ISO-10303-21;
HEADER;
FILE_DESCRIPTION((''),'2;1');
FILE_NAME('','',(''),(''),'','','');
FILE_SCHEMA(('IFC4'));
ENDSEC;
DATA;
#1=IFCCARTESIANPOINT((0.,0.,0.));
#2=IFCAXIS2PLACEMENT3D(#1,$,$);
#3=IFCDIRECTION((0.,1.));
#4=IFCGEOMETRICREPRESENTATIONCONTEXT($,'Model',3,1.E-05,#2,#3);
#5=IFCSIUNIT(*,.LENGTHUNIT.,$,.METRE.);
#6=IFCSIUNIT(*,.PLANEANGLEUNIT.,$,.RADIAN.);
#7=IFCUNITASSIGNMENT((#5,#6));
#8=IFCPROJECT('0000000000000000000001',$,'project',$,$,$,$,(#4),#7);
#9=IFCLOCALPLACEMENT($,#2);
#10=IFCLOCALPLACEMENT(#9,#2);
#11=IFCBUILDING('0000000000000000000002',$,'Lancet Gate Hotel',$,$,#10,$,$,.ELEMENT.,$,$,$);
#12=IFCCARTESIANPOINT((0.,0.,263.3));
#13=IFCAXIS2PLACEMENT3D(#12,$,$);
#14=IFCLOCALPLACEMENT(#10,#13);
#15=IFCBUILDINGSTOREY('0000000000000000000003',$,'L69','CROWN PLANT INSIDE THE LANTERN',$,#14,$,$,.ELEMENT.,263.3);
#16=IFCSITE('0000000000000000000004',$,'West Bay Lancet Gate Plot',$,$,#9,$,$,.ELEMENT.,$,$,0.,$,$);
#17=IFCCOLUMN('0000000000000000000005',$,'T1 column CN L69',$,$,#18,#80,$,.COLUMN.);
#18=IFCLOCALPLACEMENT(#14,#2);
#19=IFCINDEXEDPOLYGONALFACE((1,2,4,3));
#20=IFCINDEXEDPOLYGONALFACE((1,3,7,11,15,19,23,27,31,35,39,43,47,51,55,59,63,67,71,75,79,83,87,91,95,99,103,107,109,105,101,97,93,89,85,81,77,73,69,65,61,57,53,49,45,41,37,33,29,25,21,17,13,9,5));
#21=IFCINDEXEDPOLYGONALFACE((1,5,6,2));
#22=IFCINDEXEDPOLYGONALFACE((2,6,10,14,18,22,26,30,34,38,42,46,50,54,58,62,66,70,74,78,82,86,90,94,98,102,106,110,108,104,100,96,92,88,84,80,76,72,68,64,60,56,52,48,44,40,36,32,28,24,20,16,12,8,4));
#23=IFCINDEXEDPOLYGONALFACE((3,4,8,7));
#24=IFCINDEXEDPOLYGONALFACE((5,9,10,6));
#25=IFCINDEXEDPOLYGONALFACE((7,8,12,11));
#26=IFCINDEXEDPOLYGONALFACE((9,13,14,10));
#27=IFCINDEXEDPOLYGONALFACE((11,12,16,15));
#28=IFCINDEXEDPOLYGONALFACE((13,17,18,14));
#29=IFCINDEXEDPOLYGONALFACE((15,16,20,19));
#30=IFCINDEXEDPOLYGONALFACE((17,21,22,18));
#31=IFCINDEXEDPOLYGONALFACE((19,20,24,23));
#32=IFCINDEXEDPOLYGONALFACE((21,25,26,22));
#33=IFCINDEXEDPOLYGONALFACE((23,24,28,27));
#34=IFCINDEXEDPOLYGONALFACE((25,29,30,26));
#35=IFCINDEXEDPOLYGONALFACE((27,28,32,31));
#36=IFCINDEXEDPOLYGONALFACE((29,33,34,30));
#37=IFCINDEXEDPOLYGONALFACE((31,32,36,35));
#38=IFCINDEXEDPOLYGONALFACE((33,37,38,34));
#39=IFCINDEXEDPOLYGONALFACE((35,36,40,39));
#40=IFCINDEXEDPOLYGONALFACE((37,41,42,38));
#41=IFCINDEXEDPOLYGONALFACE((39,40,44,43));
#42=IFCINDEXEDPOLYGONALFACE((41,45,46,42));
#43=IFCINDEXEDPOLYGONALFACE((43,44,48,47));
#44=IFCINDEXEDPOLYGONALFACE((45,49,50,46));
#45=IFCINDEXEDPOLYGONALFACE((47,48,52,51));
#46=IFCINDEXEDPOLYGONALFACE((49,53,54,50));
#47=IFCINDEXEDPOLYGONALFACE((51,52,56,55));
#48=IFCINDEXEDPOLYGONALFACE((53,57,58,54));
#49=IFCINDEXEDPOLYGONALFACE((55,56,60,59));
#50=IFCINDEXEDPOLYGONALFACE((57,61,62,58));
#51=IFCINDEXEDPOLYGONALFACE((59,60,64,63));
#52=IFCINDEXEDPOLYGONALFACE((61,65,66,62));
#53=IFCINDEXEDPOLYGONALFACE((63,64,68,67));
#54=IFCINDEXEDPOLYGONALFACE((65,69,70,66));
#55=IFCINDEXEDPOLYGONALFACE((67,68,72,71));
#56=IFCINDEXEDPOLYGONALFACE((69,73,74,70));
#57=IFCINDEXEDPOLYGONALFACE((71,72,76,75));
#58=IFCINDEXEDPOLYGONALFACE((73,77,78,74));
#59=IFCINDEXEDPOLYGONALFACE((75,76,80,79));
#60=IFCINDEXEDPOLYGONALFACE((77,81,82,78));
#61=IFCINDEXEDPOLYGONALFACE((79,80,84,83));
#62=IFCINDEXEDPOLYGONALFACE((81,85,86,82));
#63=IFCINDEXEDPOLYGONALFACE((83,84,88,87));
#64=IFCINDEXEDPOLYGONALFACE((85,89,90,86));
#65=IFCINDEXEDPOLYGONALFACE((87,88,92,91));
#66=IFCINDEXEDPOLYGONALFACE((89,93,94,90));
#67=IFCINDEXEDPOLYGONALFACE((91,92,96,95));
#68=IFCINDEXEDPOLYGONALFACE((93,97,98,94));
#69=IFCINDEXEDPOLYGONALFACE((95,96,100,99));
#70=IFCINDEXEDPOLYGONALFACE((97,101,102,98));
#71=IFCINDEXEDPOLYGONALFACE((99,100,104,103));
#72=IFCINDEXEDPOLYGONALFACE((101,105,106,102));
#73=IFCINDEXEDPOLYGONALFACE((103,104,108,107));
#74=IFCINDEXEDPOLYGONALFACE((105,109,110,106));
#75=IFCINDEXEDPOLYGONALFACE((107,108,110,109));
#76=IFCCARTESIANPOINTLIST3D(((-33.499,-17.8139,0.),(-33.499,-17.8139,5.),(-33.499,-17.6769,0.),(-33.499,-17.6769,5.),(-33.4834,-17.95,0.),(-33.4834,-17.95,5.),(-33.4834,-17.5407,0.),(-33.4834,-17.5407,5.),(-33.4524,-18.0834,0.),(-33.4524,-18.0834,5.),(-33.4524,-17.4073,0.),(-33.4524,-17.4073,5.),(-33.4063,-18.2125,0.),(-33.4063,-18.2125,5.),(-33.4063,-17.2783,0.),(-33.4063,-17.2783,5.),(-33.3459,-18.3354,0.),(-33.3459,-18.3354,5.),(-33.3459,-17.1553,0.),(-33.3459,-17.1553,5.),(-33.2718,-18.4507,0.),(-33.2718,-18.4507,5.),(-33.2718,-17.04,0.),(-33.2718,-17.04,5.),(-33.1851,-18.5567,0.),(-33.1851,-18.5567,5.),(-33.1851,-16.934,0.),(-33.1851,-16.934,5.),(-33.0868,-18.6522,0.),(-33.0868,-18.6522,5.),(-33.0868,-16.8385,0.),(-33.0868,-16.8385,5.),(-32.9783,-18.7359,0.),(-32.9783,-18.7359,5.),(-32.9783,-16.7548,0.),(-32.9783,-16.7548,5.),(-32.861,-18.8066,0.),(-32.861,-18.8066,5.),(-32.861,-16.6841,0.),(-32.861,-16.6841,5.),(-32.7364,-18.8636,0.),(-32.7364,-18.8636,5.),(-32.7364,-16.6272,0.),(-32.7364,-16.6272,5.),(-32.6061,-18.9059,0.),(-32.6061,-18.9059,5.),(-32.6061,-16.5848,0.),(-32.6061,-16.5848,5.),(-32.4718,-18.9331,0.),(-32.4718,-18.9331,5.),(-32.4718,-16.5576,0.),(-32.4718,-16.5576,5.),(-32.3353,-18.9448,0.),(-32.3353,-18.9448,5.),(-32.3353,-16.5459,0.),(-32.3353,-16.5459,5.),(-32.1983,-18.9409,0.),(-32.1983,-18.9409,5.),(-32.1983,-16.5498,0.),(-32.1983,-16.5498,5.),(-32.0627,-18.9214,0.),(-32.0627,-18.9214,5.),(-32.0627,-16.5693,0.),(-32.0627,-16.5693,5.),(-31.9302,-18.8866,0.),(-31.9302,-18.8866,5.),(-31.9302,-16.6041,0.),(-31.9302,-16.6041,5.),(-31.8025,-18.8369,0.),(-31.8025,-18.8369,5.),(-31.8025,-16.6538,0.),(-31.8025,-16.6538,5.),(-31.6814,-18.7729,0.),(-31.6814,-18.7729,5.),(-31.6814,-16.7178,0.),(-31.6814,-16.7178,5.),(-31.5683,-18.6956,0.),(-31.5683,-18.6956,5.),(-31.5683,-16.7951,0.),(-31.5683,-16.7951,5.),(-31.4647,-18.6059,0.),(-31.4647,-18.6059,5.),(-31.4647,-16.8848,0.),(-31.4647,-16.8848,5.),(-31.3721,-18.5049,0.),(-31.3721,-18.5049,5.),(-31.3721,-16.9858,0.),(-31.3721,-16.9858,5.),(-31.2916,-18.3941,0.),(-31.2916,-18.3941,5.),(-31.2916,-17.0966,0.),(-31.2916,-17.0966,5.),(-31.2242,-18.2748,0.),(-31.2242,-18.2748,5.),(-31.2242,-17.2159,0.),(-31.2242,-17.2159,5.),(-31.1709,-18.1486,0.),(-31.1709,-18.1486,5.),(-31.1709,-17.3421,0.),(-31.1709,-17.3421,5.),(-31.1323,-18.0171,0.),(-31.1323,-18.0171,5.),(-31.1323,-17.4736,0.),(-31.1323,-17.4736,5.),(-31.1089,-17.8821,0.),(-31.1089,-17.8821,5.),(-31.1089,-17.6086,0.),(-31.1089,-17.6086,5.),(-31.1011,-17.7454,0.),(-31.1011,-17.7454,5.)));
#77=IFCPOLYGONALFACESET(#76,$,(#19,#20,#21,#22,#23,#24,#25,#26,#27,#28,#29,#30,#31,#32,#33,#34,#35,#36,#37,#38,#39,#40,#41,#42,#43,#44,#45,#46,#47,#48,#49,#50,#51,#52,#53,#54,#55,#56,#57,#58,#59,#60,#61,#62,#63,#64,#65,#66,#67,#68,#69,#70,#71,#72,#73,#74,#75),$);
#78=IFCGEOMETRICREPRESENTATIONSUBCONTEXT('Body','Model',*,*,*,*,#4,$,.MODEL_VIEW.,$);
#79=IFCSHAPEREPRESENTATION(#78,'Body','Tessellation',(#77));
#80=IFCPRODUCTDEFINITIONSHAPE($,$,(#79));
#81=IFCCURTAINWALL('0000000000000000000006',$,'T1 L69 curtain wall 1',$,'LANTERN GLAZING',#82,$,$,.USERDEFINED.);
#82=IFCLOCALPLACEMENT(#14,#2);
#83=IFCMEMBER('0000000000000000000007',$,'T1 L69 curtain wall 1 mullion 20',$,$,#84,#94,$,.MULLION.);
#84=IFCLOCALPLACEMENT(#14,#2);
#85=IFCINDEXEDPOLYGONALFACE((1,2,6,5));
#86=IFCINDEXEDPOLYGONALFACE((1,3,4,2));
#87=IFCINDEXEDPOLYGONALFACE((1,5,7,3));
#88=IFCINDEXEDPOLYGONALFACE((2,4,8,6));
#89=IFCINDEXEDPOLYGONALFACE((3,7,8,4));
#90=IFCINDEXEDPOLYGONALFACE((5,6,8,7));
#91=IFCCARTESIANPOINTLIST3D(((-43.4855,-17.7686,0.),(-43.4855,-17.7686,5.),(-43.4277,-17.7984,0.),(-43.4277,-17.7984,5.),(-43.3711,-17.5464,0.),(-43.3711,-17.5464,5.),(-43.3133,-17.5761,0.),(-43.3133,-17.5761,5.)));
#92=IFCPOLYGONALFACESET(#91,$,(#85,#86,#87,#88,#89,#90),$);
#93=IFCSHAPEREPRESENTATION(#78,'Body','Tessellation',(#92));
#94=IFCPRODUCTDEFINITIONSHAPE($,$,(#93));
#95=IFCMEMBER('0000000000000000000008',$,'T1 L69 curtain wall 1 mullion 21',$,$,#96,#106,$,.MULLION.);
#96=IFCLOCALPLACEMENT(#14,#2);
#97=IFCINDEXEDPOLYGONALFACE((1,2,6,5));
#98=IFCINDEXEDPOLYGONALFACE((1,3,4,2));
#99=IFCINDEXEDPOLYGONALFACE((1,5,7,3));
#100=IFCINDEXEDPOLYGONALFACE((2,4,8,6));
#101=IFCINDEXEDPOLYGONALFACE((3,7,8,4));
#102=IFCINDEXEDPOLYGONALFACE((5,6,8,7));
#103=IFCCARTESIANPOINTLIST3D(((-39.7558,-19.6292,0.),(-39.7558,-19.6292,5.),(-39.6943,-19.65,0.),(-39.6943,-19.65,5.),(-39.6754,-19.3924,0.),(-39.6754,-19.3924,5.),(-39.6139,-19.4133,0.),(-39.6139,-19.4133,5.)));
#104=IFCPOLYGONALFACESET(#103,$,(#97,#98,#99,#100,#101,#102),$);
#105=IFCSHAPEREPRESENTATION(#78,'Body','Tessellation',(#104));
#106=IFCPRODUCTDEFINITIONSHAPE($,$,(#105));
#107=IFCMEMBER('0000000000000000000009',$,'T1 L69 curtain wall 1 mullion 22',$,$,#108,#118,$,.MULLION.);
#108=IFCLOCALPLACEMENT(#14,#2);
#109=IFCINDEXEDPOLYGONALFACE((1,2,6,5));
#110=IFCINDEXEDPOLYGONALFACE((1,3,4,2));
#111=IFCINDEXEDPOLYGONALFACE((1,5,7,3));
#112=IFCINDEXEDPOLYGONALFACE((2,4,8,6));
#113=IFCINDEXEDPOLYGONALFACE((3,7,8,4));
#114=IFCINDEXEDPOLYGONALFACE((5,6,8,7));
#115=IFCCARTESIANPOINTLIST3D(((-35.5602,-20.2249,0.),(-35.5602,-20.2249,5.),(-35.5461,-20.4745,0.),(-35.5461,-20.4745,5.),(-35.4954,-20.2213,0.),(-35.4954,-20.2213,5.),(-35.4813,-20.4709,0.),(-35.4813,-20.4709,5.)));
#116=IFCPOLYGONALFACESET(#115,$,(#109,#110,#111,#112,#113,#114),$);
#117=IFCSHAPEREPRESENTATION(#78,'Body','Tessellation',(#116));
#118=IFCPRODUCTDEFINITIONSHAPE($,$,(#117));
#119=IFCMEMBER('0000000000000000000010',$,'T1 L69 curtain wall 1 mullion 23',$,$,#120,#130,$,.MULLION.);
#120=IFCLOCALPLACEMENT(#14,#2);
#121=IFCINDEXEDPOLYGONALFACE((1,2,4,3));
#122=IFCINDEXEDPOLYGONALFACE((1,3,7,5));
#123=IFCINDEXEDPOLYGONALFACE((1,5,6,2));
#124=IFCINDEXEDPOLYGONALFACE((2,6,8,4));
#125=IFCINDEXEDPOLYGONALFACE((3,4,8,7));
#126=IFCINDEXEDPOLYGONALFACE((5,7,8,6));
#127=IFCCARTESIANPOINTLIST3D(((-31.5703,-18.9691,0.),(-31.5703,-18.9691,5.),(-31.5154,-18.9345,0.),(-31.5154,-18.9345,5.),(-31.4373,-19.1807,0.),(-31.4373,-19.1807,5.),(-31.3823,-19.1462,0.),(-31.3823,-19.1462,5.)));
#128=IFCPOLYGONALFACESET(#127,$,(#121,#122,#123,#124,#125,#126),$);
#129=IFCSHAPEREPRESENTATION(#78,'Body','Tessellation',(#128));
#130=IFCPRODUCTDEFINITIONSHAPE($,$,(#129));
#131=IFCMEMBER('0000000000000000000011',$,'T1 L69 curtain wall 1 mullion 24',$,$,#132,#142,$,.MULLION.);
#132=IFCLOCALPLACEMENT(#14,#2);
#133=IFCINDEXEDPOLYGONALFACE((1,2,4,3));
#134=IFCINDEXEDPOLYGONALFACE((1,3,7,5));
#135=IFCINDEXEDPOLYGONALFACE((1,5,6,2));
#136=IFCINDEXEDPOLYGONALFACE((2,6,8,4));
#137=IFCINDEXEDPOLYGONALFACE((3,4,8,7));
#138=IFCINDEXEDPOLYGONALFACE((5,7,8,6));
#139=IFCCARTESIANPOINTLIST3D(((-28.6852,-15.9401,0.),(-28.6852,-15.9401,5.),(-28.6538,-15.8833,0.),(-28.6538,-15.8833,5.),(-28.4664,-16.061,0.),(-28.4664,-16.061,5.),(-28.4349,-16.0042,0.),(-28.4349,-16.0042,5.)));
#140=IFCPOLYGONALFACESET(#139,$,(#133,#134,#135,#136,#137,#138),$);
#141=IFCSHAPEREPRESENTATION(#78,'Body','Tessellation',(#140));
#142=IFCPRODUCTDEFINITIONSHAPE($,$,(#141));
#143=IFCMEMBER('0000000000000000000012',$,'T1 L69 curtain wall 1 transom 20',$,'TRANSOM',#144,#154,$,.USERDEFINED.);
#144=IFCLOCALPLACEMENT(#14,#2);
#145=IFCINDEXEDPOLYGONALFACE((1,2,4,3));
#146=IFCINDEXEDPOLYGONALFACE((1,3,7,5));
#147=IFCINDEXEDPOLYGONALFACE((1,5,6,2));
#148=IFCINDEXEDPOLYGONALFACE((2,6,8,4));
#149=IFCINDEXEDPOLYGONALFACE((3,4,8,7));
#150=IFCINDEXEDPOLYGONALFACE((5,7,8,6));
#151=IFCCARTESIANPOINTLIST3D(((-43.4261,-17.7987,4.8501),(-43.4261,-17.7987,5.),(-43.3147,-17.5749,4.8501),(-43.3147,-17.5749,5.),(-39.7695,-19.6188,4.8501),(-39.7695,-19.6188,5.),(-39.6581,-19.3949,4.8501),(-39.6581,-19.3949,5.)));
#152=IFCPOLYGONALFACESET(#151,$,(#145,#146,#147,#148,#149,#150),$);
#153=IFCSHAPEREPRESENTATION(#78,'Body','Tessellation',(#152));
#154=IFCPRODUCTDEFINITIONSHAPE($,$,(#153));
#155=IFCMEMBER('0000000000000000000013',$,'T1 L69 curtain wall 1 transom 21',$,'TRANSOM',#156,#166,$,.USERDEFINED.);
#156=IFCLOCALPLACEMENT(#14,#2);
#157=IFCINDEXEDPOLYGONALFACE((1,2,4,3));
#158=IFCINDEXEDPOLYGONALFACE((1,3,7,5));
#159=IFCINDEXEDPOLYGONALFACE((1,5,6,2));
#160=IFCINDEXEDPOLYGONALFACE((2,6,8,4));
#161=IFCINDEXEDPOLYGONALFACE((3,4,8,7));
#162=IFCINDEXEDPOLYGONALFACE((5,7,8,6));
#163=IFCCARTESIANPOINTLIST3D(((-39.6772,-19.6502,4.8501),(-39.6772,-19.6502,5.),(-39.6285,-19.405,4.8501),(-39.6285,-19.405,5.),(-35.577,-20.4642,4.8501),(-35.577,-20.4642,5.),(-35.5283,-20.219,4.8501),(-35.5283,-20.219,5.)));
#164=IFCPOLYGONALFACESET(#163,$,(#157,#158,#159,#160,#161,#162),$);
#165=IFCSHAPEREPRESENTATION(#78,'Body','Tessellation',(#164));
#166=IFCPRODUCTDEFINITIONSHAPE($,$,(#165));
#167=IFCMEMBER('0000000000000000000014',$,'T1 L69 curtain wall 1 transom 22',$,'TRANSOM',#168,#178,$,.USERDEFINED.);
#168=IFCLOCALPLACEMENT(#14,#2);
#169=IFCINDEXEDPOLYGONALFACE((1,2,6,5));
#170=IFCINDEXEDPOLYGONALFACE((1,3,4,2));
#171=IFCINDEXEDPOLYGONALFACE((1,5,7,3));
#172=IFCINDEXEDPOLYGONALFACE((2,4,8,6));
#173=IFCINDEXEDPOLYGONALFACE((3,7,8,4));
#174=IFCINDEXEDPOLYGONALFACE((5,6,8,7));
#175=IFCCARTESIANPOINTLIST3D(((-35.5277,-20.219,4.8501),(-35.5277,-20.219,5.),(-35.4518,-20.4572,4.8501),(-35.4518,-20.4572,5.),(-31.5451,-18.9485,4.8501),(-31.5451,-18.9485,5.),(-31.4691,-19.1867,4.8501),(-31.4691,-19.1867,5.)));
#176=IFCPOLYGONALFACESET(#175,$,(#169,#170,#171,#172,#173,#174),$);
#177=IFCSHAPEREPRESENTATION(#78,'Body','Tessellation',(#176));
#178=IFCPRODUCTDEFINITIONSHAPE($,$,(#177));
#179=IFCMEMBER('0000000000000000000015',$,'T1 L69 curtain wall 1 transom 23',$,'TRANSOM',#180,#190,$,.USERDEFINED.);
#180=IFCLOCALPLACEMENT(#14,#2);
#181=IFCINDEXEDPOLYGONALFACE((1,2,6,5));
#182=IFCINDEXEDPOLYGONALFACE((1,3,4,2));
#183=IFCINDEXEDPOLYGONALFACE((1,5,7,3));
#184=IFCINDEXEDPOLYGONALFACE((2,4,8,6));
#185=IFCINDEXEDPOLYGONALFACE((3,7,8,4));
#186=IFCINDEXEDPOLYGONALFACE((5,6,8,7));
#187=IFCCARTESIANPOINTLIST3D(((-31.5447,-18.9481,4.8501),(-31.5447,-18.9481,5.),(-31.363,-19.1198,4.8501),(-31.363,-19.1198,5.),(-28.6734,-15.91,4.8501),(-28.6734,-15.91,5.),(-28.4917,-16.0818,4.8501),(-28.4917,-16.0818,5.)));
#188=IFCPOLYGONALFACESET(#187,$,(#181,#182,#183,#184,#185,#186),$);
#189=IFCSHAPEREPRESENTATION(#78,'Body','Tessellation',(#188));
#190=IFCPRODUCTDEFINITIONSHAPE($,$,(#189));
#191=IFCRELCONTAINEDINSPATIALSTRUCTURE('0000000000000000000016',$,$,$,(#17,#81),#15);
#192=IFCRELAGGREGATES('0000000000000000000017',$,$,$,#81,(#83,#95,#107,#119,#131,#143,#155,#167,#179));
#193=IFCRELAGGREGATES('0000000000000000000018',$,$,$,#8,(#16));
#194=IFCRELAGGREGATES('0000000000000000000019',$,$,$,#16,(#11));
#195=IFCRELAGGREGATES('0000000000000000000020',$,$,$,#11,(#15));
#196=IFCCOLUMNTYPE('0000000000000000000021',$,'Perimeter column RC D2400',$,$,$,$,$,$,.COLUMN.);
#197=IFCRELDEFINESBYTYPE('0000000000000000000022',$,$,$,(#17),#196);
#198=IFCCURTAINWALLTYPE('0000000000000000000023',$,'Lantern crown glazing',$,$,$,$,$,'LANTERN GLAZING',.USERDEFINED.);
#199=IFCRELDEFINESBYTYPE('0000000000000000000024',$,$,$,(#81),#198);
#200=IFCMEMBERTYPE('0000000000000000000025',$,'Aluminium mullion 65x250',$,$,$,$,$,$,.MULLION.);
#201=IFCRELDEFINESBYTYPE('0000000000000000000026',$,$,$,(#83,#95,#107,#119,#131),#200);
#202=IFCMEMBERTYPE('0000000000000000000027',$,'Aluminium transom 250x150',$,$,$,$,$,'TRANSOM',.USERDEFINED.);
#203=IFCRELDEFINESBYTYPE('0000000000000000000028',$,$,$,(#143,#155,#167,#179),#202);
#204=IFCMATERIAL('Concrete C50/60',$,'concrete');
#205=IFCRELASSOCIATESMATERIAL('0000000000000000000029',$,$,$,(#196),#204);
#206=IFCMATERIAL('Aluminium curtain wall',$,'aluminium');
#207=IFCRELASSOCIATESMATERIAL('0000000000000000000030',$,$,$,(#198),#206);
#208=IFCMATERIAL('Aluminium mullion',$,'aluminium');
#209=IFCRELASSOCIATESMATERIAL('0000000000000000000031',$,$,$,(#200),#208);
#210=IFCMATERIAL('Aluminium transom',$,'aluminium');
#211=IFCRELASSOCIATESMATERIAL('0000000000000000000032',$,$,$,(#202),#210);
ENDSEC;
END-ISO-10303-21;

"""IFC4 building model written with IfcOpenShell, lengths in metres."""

from ifc_helpers import new_model, si_unit, direction, frame, origin, origin_2d, place, context, subcontext, project, spatial, rectangle, circle, extrude, material, material_profile, profile_set, type_object, element, aggregate, save


model = new_model("IFC4")

# Units and contexts
model_context = context("Model", 3, precision=1e-05, world=origin(), true_north=direction((0.0, 1.0)))
body_context = subcontext(model_context, "Body", "Model", "MODEL_VIEW")
ifc_project = project(units=[si_unit("LENGTHUNIT", "METRE"), si_unit("PLANEANGLEUNIT", "RADIAN")], contexts=[model_context])

# Site, building, storey
site_placement = place(None, origin())
site = spatial("IfcSite", under=ifc_project, at=site_placement, Name="West Bay Lancet Gate Plot", CompositionType="ELEMENT", RefElevation=0.0)
building_placement = place(site_placement, origin())
building = spatial("IfcBuilding", under=site, at=building_placement, Name="Lancet Gate Hotel", CompositionType="ELEMENT")
storey_placement = place(building_placement, frame((0.0, 0.0, 263.3)))
storey = spatial("IfcBuildingStorey", under=building, at=storey_placement, Name="L69", Description="CROWN PLANT INSIDE THE LANTERN", CompositionType="ELEMENT", Elevation=263.3)

# Column
ifc_material_1 = material(Name="Concrete C50/60", Category="concrete")
ifc_material_profile_1 = material_profile(ifc_material_1, circle(Radius=1.2, at=origin_2d()), Name="RC D2400")
ifc_profile_set_1 = profile_set([ifc_material_profile_1], Name="Concrete C50/60")
column_type = type_object("IfcColumnType", Name="Perimeter column RC D2400", PredefinedType="COLUMN", material=ifc_profile_set_1)
column_placement = place(storey_placement, frame((-32.301, -17.7454, 0.0), z_axis=(0.0, 0.0, 1.0), x_axis=(1.0, 0.0, 0.0)))
element("IfcColumn", 1, at=column_placement, inside=storey, type_object=column_type, Name="T1 column CN L69", PredefinedType="COLUMN", context=body_context, shape_type="SweptSolid", body=[
    extrude(circle(Radius=1.2, at=origin_2d()), origin(), (0.0, 0.0, 1.0), 5.0),
])

# Curtain wall, members
ifc_material_2 = material(Name="Aluminium curtain wall", Category="aluminium")
curtain_wall_type = type_object("IfcCurtainWallType", Name="Lantern crown glazing", ElementType="LANTERN GLAZING", PredefinedType="USERDEFINED", material=ifc_material_2)
curtain_wall_placement = place(storey_placement, origin())
curtain_wall = element("IfcCurtainWall", 2, at=curtain_wall_placement, inside=storey, type_object=curtain_wall_type, Name="T1 L69 curtain wall 1", ObjectType="LANTERN GLAZING", PredefinedType="USERDEFINED")
ifc_material_3 = material(Name="Aluminium mullion", Category="aluminium")
ifc_material_profile_2 = material_profile(ifc_material_3, rectangle(XDim=0.0649, YDim=0.25, at=origin_2d()), Name="MULLION 65x250")
ifc_profile_set_2 = profile_set([ifc_material_profile_2], Name="Aluminium mullion")
member_type_1 = type_object("IfcMemberType", Name="Aluminium mullion 65x250", PredefinedType="MULLION", material=ifc_profile_set_2)
member_1_placement = place(storey_placement, frame((-43.3994, -17.6724, 0.0), z_axis=(0.0, 0.0, 1.0), x_axis=(0.889156, -0.457605, 0.0)))
member_1 = element("IfcMember", 3, at=member_1_placement, type_object=member_type_1, Name="T1 L69 curtain wall 1 mullion 20", PredefinedType="MULLION", context=body_context, shape_type="SweptSolid", body=[
    extrude(rectangle(XDim=0.0649, YDim=0.25, at=origin_2d()), origin(), (0.0, 0.0, 1.0), 5.0),
])
member_2_placement = place(storey_placement, frame((-39.6848, -19.5212, 0.0), z_axis=(0.0, 0.0, 1.0), x_axis=(0.946888, -0.321564, 0.0)))
member_2 = element("IfcMember", 4, at=member_2_placement, type_object=member_type_1, Name="T1 L69 curtain wall 1 mullion 21", PredefinedType="MULLION", context=body_context, shape_type="SweptSolid", body=[
    extrude(rectangle(XDim=0.0649, YDim=0.25, at=origin_2d()), origin(), (0.0, 0.0, 1.0), 5.0),
])
member_3_placement = place(storey_placement, frame((-35.5208, -20.3479, 0.0), z_axis=(0.0, 0.0, 1.0), x_axis=(0.998409, 0.056384, 0.0)))
member_3 = element("IfcMember", 5, at=member_3_placement, type_object=member_type_1, Name="T1 L69 curtain wall 1 mullion 22", PredefinedType="MULLION", context=body_context, shape_type="SweptSolid", body=[
    extrude(rectangle(XDim=0.0649, YDim=0.25, at=origin_2d()), origin(), (0.0, 0.0, 1.0), 5.0),
])
member_4_placement = place(storey_placement, frame((-31.4763, -19.0576, 0.0), z_axis=(0.0, 0.0, 1.0), x_axis=(0.846613, 0.532209, 0.0)))
member_4 = element("IfcMember", 6, at=member_4_placement, type_object=member_type_1, Name="T1 L69 curtain wall 1 mullion 23", PredefinedType="MULLION", context=body_context, shape_type="SweptSolid", body=[
    extrude(rectangle(XDim=0.0649, YDim=0.25, at=origin_2d()), origin(), (0.0, 0.0, 1.0), 5.0),
])
member_5_placement = place(storey_placement, frame((-28.5601, -15.9722, 0.0), z_axis=(0.0, 0.0, 1.0), x_axis=(0.483627, 0.875274, 0.0)))
member_5 = element("IfcMember", 7, at=member_5_placement, type_object=member_type_1, Name="T1 L69 curtain wall 1 mullion 24", PredefinedType="MULLION", context=body_context, shape_type="SweptSolid", body=[
    extrude(rectangle(XDim=0.0649, YDim=0.25, at=origin_2d()), origin(), (0.0, 0.0, 1.0), 5.0),
])
ifc_material_4 = material(Name="Aluminium transom", Category="aluminium")
ifc_material_profile_3 = material_profile(ifc_material_4, rectangle(XDim=0.25, YDim=0.1499, at=origin_2d()), Name="TRANSOM 250x150")
ifc_profile_set_3 = profile_set([ifc_material_profile_3], Name="Aluminium transom")
member_type_2 = type_object("IfcMemberType", Name="Aluminium transom 250x150", ElementType="TRANSOM", PredefinedType="USERDEFINED", material=ifc_profile_set_3)
member_6_placement = place(storey_placement, frame((-43.3704, -17.6868, 4.925), z_axis=(0.895227, -0.445611, 0.0), x_axis=(0.445611, 0.895227, 0.0)))
member_6 = element("IfcMember", 8, at=member_6_placement, type_object=member_type_2, Name="T1 L69 curtain wall 1 transom 20", ObjectType="TRANSOM", PredefinedType="USERDEFINED", context=body_context, shape_type="SweptSolid", body=[
    extrude(rectangle(XDim=0.25, YDim=0.1499, at=origin_2d()), origin(), (0.0, 0.0, 1.0), 4.0845),
])
member_7_placement = place(storey_placement, frame((-39.6528, -19.5276, 4.925), z_axis=(0.980858, -0.194723, 0.0), x_axis=(0.194723, 0.980858, 0.0)))
member_7 = element("IfcMember", 9, at=member_7_placement, type_object=member_type_2, Name="T1 L69 curtain wall 1 transom 21", ObjectType="TRANSOM", PredefinedType="USERDEFINED", context=body_context, shape_type="SweptSolid", body=[
    extrude(rectangle(XDim=0.25, YDim=0.1499, at=origin_2d()), origin(), (0.0, 0.0, 1.0), 4.1802),
])
member_8_placement = place(storey_placement, frame((-35.4897, -20.3381, 4.925), z_axis=(0.952698, 0.30392, 0.0), x_axis=(-0.30392, 0.952698, 0.0)))
member_8 = element("IfcMember", 10, at=member_8_placement, type_object=member_type_2, Name="T1 L69 curtain wall 1 transom 22", ObjectType="TRANSOM", PredefinedType="USERDEFINED", context=body_context, shape_type="SweptSolid", body=[
    extrude(rectangle(XDim=0.25, YDim=0.1499, at=origin_2d()), origin(), (0.0, 0.0, 1.0), 4.1804),
])
member_9_placement = place(storey_placement, frame((-31.4539, -19.0339, 4.925), z_axis=(0.686881, 0.72677, 0.0), x_axis=(-0.72677, 0.686881, 0.0)))
member_9 = element("IfcMember", 11, at=member_9_placement, type_object=member_type_2, Name="T1 L69 curtain wall 1 transom 23", ObjectType="TRANSOM", PredefinedType="USERDEFINED", context=body_context, shape_type="SweptSolid", body=[
    extrude(rectangle(XDim=0.25, YDim=0.1499, at=origin_2d()), origin(), (0.0, 0.0, 1.0), 4.1802),
])
aggregate(curtain_wall, [member_1, member_2, member_3, member_4, member_5, member_6, member_7, member_8, member_9])

save(model, "model.ifc")
